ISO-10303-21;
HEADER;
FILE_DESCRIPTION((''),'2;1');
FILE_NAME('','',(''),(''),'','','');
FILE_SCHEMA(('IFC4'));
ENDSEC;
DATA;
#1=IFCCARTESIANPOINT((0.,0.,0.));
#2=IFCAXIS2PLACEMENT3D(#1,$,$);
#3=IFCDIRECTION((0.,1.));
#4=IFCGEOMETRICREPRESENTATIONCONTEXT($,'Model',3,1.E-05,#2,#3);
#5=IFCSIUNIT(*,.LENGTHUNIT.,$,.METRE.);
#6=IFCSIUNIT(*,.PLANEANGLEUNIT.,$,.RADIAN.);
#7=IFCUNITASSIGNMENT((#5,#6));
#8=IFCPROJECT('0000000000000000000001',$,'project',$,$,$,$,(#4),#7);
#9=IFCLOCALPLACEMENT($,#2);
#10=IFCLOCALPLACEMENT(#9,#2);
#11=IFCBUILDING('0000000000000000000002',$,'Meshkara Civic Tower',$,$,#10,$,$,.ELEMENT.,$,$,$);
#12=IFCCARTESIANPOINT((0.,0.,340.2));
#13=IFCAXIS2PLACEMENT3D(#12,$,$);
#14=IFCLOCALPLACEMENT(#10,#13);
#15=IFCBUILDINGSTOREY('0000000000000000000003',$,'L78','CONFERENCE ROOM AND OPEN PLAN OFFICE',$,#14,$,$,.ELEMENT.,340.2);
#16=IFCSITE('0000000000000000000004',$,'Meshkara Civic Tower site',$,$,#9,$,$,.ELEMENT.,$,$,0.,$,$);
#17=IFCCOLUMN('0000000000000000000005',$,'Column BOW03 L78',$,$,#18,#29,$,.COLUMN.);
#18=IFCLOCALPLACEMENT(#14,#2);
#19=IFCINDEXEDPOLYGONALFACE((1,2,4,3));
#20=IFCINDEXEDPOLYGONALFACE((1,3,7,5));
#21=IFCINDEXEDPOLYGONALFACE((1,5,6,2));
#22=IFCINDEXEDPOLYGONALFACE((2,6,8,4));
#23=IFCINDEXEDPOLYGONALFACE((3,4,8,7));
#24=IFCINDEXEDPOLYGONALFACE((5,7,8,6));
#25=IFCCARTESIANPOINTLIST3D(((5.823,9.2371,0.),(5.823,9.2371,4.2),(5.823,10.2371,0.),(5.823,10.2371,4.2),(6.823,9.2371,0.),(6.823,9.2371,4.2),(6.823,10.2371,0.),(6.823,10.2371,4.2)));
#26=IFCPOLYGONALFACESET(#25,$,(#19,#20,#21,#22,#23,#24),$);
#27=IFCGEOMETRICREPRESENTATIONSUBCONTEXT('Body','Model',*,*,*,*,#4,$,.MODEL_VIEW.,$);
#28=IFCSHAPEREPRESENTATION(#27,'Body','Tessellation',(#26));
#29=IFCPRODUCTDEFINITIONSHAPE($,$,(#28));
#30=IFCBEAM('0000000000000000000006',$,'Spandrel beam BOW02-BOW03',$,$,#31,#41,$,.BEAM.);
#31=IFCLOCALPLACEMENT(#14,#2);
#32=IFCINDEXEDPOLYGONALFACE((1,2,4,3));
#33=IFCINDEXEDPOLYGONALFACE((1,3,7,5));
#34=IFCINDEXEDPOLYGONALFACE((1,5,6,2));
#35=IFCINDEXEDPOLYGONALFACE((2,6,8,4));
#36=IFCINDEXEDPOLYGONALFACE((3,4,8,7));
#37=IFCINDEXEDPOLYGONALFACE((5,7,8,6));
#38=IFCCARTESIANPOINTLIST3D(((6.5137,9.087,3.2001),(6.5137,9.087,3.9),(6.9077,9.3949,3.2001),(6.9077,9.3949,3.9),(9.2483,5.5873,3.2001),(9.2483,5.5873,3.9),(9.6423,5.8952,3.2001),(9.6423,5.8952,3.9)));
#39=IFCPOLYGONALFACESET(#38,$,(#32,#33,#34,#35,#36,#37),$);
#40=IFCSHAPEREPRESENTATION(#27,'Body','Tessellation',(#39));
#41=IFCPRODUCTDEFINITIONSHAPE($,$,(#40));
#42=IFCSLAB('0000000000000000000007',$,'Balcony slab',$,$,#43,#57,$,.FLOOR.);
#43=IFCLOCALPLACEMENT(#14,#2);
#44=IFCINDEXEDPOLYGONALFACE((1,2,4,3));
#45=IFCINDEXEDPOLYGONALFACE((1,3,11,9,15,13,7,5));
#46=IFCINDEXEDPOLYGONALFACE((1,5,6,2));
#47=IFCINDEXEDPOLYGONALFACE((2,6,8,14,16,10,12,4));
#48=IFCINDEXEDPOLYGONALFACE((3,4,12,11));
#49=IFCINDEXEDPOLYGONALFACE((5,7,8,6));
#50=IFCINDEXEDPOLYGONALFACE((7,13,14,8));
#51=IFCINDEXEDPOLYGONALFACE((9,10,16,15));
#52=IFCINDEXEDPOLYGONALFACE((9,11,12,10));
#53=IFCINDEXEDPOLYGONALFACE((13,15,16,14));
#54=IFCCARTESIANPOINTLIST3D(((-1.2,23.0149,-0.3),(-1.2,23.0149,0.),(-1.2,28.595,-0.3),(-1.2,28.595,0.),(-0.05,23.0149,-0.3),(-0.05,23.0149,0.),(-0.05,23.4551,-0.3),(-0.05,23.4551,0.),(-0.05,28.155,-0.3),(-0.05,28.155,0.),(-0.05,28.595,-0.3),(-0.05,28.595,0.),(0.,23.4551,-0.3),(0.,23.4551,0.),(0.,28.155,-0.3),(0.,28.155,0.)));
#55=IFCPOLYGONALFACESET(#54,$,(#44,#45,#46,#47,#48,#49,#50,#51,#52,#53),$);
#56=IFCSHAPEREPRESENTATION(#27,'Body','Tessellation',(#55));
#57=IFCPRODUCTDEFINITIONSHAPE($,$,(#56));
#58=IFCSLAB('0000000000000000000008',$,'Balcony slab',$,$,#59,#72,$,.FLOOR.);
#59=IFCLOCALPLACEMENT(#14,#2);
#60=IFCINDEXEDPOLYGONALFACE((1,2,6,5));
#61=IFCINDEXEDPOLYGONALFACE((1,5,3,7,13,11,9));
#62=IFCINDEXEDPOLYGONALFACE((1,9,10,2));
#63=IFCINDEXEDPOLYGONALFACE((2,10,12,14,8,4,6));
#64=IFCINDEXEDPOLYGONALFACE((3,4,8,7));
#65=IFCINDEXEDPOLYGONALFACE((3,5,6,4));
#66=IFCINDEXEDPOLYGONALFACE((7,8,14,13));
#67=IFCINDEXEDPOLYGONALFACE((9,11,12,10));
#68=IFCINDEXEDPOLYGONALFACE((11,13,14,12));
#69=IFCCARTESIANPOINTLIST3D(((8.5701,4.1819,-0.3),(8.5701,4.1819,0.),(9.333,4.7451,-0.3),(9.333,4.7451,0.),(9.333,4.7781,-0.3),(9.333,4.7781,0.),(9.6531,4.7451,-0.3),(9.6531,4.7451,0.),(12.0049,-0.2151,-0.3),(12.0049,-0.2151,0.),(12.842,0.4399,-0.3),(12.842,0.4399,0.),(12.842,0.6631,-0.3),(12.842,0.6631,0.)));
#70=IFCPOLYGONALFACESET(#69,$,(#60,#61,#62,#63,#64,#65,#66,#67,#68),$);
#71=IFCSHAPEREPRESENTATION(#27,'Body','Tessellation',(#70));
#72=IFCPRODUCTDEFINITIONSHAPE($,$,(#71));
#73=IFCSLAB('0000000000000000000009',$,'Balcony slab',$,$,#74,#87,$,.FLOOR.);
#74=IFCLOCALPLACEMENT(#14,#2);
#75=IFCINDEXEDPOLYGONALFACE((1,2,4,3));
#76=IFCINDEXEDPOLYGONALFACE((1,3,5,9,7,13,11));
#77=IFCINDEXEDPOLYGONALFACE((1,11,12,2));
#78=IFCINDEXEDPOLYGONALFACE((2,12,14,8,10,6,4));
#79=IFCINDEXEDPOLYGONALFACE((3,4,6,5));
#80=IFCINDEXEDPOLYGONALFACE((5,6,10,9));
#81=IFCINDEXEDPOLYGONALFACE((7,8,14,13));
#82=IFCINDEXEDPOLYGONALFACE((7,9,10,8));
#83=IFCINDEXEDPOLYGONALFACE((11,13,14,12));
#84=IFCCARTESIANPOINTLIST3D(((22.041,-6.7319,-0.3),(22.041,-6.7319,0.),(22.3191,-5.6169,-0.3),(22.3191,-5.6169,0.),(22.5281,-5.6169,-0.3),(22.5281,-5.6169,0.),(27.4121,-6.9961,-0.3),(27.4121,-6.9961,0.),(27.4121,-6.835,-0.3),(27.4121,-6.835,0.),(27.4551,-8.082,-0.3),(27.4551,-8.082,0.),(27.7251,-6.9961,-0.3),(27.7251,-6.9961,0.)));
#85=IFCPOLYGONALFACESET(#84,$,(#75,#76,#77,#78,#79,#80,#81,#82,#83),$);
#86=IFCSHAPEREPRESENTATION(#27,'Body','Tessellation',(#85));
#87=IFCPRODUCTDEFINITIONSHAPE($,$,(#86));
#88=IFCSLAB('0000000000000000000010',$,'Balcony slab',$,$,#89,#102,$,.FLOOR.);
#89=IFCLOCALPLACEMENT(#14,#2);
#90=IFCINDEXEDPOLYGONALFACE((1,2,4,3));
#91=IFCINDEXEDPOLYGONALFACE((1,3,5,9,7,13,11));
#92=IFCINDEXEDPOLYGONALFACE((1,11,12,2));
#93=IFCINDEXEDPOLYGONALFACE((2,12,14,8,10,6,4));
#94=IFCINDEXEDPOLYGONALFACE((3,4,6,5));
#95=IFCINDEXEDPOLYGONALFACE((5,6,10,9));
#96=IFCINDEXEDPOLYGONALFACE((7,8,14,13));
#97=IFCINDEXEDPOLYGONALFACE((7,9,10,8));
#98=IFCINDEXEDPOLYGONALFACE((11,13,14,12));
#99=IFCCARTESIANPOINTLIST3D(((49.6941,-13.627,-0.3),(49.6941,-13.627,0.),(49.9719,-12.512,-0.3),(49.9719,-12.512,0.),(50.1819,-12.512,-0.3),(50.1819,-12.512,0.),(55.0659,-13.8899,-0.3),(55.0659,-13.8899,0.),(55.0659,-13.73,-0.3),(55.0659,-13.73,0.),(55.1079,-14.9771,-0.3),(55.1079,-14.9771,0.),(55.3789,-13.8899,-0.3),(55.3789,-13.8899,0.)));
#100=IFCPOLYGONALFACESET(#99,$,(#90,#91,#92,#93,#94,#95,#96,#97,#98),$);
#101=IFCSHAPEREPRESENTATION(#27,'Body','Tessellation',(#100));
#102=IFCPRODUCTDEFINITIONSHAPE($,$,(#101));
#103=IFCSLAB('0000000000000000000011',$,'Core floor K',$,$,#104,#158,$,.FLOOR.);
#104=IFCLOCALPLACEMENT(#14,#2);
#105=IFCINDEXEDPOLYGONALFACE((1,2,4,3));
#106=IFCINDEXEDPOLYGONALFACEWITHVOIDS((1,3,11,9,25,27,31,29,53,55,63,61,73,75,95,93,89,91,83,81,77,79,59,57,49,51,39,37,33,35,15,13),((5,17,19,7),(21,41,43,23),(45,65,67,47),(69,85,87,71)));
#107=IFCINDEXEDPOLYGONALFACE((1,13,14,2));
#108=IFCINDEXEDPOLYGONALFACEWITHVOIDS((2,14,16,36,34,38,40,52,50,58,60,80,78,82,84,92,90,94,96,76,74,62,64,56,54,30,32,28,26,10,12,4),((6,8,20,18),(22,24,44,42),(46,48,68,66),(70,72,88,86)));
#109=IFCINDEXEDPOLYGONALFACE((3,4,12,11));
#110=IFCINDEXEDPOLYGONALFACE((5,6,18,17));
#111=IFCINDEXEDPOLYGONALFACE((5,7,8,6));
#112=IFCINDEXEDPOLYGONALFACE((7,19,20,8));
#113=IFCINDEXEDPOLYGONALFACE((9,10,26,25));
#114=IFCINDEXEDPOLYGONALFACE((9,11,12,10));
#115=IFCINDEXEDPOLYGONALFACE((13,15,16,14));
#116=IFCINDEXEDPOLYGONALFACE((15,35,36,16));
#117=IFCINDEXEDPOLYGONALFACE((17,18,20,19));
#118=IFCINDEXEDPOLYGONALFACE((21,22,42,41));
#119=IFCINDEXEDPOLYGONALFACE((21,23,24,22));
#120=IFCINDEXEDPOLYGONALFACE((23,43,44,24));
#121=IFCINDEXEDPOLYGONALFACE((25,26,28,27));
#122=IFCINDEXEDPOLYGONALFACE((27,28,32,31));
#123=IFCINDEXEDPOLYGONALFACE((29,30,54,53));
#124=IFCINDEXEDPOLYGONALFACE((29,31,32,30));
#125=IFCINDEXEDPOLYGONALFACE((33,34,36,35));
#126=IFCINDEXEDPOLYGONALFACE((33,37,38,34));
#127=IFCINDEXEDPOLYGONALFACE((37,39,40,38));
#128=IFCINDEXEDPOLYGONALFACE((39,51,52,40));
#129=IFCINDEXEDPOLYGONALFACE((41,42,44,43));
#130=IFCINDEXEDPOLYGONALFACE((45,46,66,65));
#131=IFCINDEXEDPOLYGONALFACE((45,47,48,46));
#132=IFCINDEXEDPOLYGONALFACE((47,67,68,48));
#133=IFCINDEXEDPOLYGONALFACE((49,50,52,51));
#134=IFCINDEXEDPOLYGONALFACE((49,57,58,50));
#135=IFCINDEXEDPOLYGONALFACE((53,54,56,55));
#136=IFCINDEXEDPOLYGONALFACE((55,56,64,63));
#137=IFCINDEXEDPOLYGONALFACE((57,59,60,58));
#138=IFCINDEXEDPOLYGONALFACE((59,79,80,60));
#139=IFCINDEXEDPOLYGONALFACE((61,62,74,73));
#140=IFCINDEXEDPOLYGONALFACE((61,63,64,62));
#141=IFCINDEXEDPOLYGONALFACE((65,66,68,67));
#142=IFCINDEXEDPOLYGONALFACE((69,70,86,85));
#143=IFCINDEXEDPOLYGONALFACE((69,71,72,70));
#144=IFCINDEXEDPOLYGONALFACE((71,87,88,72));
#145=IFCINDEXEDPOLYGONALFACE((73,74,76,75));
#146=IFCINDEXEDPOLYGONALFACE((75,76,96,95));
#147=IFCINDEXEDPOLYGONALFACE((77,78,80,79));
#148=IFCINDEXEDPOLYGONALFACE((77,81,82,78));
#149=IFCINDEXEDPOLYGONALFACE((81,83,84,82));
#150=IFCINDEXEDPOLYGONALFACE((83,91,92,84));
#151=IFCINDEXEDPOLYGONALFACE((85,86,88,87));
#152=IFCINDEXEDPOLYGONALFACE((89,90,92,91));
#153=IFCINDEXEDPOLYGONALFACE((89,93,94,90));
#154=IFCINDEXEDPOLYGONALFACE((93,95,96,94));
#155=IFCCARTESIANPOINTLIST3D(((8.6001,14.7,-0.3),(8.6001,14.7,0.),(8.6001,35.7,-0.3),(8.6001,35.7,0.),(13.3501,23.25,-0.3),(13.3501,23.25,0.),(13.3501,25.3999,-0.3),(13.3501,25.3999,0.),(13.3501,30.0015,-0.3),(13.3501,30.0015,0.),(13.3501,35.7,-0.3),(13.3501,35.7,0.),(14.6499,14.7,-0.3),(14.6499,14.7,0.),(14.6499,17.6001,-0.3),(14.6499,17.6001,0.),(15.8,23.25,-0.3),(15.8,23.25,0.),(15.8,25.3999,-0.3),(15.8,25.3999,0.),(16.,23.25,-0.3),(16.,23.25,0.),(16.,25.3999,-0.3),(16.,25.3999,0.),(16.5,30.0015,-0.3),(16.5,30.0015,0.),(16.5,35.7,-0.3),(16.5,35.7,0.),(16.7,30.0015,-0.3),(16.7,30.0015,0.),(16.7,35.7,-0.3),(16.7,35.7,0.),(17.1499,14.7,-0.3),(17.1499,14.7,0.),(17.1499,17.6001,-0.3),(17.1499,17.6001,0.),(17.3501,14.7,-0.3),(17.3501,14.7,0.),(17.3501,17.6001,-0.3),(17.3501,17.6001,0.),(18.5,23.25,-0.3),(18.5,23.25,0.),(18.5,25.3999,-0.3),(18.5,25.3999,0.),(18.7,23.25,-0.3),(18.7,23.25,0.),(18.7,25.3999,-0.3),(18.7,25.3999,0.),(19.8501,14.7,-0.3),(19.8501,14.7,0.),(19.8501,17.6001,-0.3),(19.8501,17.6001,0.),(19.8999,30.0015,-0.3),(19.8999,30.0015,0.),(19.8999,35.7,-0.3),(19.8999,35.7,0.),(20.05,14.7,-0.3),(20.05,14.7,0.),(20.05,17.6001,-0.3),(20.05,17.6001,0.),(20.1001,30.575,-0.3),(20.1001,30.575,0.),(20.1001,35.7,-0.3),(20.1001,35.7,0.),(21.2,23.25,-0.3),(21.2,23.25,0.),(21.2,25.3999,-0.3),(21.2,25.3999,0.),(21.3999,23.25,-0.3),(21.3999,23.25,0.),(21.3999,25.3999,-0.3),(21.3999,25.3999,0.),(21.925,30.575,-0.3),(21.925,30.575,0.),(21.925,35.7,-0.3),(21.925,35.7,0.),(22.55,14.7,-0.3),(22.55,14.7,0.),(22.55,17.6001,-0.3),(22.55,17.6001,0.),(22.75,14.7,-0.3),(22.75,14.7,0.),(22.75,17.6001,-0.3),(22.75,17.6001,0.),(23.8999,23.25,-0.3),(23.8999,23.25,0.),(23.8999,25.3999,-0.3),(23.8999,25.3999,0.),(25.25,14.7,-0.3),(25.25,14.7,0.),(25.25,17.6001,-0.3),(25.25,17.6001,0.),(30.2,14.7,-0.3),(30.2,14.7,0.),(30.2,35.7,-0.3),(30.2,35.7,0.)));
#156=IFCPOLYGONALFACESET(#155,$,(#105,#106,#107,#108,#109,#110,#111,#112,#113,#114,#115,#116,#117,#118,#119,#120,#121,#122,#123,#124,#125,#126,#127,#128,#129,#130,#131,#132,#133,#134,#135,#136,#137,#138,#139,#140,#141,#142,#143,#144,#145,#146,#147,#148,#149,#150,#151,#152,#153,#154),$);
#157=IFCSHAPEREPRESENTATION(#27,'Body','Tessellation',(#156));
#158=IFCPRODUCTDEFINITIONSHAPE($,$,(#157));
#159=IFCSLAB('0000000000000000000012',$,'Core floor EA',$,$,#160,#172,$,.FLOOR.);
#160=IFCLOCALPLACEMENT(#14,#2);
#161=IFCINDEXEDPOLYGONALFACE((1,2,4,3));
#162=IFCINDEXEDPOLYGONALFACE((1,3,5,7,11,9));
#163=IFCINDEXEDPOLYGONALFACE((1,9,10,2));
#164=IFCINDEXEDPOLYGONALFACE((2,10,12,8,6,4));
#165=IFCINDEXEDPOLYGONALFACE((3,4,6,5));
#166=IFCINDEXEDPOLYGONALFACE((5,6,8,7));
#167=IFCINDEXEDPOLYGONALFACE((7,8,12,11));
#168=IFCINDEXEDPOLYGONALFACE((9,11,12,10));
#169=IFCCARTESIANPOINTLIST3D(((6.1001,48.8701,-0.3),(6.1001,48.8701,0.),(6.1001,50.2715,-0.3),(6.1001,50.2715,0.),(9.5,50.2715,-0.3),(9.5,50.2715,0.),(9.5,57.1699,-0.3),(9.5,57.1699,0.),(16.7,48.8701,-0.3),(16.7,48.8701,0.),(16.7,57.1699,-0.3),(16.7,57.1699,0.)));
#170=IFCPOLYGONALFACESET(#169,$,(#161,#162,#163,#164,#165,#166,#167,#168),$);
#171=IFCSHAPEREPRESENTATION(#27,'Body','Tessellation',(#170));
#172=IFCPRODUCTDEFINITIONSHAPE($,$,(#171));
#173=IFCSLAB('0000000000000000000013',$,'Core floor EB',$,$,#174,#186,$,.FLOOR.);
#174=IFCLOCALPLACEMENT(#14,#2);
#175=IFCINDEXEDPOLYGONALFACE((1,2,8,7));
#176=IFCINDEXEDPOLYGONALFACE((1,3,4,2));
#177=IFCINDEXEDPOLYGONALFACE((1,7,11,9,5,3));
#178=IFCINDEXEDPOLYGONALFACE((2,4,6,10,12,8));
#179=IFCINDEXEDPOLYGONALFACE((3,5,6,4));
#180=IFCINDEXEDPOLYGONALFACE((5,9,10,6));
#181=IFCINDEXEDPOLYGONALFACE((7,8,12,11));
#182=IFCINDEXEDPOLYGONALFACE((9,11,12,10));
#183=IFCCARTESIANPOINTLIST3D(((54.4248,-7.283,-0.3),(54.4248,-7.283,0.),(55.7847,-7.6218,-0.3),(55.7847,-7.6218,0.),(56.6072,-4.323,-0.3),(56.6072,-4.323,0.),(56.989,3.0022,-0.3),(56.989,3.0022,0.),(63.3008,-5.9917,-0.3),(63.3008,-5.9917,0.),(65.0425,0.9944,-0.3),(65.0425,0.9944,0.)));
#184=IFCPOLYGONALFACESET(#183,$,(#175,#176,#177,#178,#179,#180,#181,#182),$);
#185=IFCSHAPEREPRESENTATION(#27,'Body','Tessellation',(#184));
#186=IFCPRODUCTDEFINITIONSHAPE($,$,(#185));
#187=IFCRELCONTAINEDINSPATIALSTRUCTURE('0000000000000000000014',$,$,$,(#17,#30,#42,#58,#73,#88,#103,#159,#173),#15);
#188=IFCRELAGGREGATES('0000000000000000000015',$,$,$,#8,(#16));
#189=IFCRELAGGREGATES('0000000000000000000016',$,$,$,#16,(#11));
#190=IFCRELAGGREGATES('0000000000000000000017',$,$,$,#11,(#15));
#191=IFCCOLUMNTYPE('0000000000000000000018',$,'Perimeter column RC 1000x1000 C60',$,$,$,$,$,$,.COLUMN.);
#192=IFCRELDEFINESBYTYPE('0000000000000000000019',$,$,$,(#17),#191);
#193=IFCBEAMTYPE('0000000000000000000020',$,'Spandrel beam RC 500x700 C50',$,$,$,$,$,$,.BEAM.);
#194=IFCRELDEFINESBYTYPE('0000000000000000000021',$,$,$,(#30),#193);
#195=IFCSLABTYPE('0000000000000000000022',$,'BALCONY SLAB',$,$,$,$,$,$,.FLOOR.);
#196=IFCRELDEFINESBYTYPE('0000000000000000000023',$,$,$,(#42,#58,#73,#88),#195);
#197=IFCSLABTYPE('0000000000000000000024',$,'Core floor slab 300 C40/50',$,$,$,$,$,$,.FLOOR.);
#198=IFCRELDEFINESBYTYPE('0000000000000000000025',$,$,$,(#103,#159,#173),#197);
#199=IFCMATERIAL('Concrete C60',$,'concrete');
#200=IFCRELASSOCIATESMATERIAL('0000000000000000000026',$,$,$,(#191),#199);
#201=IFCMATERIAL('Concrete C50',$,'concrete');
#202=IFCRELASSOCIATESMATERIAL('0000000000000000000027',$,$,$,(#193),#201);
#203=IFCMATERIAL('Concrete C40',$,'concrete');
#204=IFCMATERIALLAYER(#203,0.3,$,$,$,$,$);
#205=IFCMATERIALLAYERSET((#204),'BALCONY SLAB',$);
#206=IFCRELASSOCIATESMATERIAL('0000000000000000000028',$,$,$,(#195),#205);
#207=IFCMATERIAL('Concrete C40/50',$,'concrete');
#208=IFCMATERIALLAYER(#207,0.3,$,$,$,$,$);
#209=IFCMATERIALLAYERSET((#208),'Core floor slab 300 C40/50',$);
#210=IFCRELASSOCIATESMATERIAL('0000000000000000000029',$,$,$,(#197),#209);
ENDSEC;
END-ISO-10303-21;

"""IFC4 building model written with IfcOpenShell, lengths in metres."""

from ifc_helpers import new_model, si_unit, direction, frame, origin, origin_2d, place, context, subcontext, project, spatial, polyline, rectangle, outline, extrude, material, layer, layer_set, material_profile, profile_set, type_object, element, save


model = new_model("IFC4")

# Units and contexts
model_context = context("Model", 3, precision=1e-05, world=origin(), true_north=direction((0.0, 1.0)))
body_context = subcontext(model_context, "Body", "Model", "MODEL_VIEW")
ifc_project = project(units=[si_unit("LENGTHUNIT", "METRE"), si_unit("PLANEANGLEUNIT", "RADIAN")], contexts=[model_context])

# Site, building, storey
site_placement = place(None, origin())
site = spatial("IfcSite", under=ifc_project, at=site_placement, Name="Meshkara Civic Tower site", CompositionType="ELEMENT", RefElevation=0.0)
building_placement = place(site_placement, origin())
building = spatial("IfcBuilding", under=site, at=building_placement, Name="Meshkara Civic Tower", CompositionType="ELEMENT")
storey_placement = place(building_placement, frame((0.0, 0.0, 340.2)))
storey = spatial("IfcBuildingStorey", under=building, at=storey_placement, Name="L78", Description="CONFERENCE ROOM AND OPEN PLAN OFFICE", CompositionType="ELEMENT", Elevation=340.2)

# Column
ifc_material_1 = material(Name="Concrete C60", Category="concrete")
ifc_material_profile_1 = material_profile(ifc_material_1, rectangle(XDim=1.0, YDim=1.0, at=origin_2d()))
ifc_profile_set_1 = profile_set([ifc_material_profile_1], Name="Concrete C60")
column_type = type_object("IfcColumnType", Name="Perimeter column RC 1000x1000 C60", PredefinedType="COLUMN", material=ifc_profile_set_1)
column_placement = place(storey_placement, frame((6.323, 9.7371, 0.0), z_axis=(0.0, 0.0, 1.0), x_axis=(1.0, 0.0, 0.0)))
element("IfcColumn", 1, at=column_placement, inside=storey, type_object=column_type, Name="Column BOW03 L78", PredefinedType="COLUMN", context=body_context, shape_type="SweptSolid", body=[
    extrude(rectangle(XDim=1.0, YDim=1.0, at=origin_2d()), origin(), (0.0, 0.0, 1.0), 4.2),
])

# Beam
ifc_material_2 = material(Name="Concrete C50", Category="concrete")
ifc_material_profile_2 = material_profile(ifc_material_2, rectangle(XDim=0.5, YDim=0.7, at=origin_2d()))
ifc_profile_set_2 = profile_set([ifc_material_profile_2], Name="Concrete C50")
beam_type = type_object("IfcBeamType", Name="Spandrel beam RC 500x700 C50", PredefinedType="BEAM", material=ifc_profile_set_2)
beam_placement = place(storey_placement, frame((6.7107, 9.241, 3.55), z_axis=(0.615705, -0.787977, 0.0), x_axis=(0.787977, 0.615705, 0.0)))
element("IfcBeam", 2, at=beam_placement, inside=storey, type_object=beam_type, Name="Spandrel beam BOW02-BOW03", PredefinedType="BEAM", context=body_context, shape_type="SweptSolid", body=[
    extrude(rectangle(XDim=0.5, YDim=0.7, at=origin_2d()), origin(), (0.0, 0.0, 1.0), 4.4414),
])

# Slabs
ifc_material_3 = material(Name="Concrete C40", Category="concrete")
ifc_layer_1 = layer(ifc_material_3, 0.3)
ifc_layer_set_1 = layer_set([ifc_layer_1], Name="BALCONY SLAB")
slab_type_1 = type_object("IfcSlabType", Name="BALCONY SLAB", PredefinedType="FLOOR", material=ifc_layer_set_1)
slab_1_placement = place(storey_placement, frame((0.0, 0.0, -0.3)))
element("IfcSlab", 3, at=slab_1_placement, inside=storey, type_object=slab_type_1, Name="Balcony slab", PredefinedType="FLOOR", context=body_context, shape_type="SweptSolid", body=[
    extrude(outline(polyline([(-1.2, 23.0149), (-1.2, 28.595), (-0.05, 28.595), (-0.05, 28.155), (0.0, 28.155), (0.0, 23.4551), (-0.05, 23.4551), (-0.05, 23.0149), (-1.2, 23.0149)])), origin(), (0.0, 0.0, 1.0), 0.3),
])
slab_2_placement = place(storey_placement, frame((0.0, 0.0, -0.3)))
element("IfcSlab", 4, at=slab_2_placement, inside=storey, type_object=slab_type_1, Name="Balcony slab", PredefinedType="FLOOR", context=body_context, shape_type="SweptSolid", body=[
    extrude(outline(polyline([(12.0049, -0.2151), (8.5701, 4.1819), (9.333, 4.7781), (9.333, 4.7451), (9.6531, 4.7451), (12.842, 0.6631), (12.842, 0.4399), (12.0049, -0.2151)])), origin(), (0.0, 0.0, 1.0), 0.3),
])
slab_3_placement = place(storey_placement, frame((0.0, 0.0, -0.3)))
element("IfcSlab", 5, at=slab_3_placement, inside=storey, type_object=slab_type_1, Name="Balcony slab", PredefinedType="FLOOR", context=body_context, shape_type="SweptSolid", body=[
    extrude(outline(polyline([(27.4551, -8.082), (22.041, -6.7319), (22.3191, -5.6169), (22.5281, -5.6169), (27.4121, -6.835), (27.4121, -6.9961), (27.7251, -6.9961), (27.4551, -8.082)])), origin(), (0.0, 0.0, 1.0), 0.3),
])
slab_4_placement = place(storey_placement, frame((0.0, 0.0, -0.3)))
element("IfcSlab", 6, at=slab_4_placement, inside=storey, type_object=slab_type_1, Name="Balcony slab", PredefinedType="FLOOR", context=body_context, shape_type="SweptSolid", body=[
    extrude(outline(polyline([(55.1079, -14.9771), (49.6941, -13.627), (49.9719, -12.512), (50.1819, -12.512), (55.0659, -13.73), (55.0659, -13.8899), (55.3789, -13.8899), (55.1079, -14.9771)])), origin(), (0.0, 0.0, 1.0), 0.3),
])
ifc_material_4 = material(Name="Concrete C40/50", Category="concrete")
ifc_layer_2 = layer(ifc_material_4, 0.3)
ifc_layer_set_2 = layer_set([ifc_layer_2], Name="Core floor slab 300 C40/50")
slab_type_2 = type_object("IfcSlabType", Name="Core floor slab 300 C40/50", PredefinedType="FLOOR", material=ifc_layer_set_2)
slab_5_placement = place(storey_placement, frame((0.0, 0.0, -0.3)))
element("IfcSlab", 7, at=slab_5_placement, inside=storey, type_object=slab_type_2, Name="Core floor K", PredefinedType="FLOOR", context=body_context, shape_type="SweptSolid", body=[
    extrude(outline(polyline([(8.6001, 35.7), (13.3501, 35.7), (13.3501, 30.0015), (16.5, 30.0015), (16.5, 35.7), (16.7, 35.7), (16.7, 30.0015), (19.8999, 30.0015), (19.8999, 35.7), (20.1001, 35.7), (20.1001, 30.575), (21.925, 30.575), (21.925, 35.7), (30.2, 35.7), (30.2, 14.7), (25.25, 14.7), (25.25, 17.6001), (22.75, 17.6001), (22.75, 14.7), (22.55, 14.7), (22.55, 17.6001), (20.05, 17.6001), (20.05, 14.7), (19.8501, 14.7), (19.8501, 17.6001), (17.3501, 17.6001), (17.3501, 14.7), (17.1499, 14.7), (17.1499, 17.6001), (14.6499, 17.6001), (14.6499, 14.7), (8.6001, 14.7), (8.6001, 35.7)]), holes=[polyline([(13.3501, 23.25), (15.8, 23.25), (15.8, 25.3999), (13.3501, 25.3999), (13.3501, 23.25)]), polyline([(18.5, 23.25), (18.5, 25.3999), (16.0, 25.3999), (16.0, 23.25), (18.5, 23.25)]), polyline([(18.7, 23.25), (21.2, 23.25), (21.2, 25.3999), (18.7, 25.3999), (18.7, 23.25)]), polyline([(23.8999, 23.25), (23.8999, 25.3999), (21.3999, 25.3999), (21.3999, 23.25), (23.8999, 23.25)])]), origin(), (0.0, 0.0, 1.0), 0.3),
])
slab_6_placement = place(storey_placement, frame((0.0, 0.0, -0.3)))
element("IfcSlab", 8, at=slab_6_placement, inside=storey, type_object=slab_type_2, Name="Core floor EA", PredefinedType="FLOOR", context=body_context, shape_type="SweptSolid", body=[
    extrude(outline(polyline([(16.7, 48.8701), (16.7, 57.1699), (9.5, 57.1699), (9.5, 50.2715), (6.1001, 50.2715), (6.1001, 48.8701), (16.7, 48.8701)])), origin(), (0.0, 0.0, 1.0), 0.3),
])
slab_7_placement = place(storey_placement, frame((0.0, 0.0, -0.3)))
element("IfcSlab", 9, at=slab_7_placement, inside=storey, type_object=slab_type_2, Name="Core floor EB", PredefinedType="FLOOR", context=body_context, shape_type="SweptSolid", body=[
    extrude(outline(polyline([(56.989, 3.0022), (65.0425, 0.9944), (63.3008, -5.9917), (56.6072, -4.323), (55.7847, -7.6218), (54.4248, -7.283), (56.989, 3.0022)])), origin(), (0.0, 0.0, 1.0), 0.3),
])

save(model, "model.ifc")
